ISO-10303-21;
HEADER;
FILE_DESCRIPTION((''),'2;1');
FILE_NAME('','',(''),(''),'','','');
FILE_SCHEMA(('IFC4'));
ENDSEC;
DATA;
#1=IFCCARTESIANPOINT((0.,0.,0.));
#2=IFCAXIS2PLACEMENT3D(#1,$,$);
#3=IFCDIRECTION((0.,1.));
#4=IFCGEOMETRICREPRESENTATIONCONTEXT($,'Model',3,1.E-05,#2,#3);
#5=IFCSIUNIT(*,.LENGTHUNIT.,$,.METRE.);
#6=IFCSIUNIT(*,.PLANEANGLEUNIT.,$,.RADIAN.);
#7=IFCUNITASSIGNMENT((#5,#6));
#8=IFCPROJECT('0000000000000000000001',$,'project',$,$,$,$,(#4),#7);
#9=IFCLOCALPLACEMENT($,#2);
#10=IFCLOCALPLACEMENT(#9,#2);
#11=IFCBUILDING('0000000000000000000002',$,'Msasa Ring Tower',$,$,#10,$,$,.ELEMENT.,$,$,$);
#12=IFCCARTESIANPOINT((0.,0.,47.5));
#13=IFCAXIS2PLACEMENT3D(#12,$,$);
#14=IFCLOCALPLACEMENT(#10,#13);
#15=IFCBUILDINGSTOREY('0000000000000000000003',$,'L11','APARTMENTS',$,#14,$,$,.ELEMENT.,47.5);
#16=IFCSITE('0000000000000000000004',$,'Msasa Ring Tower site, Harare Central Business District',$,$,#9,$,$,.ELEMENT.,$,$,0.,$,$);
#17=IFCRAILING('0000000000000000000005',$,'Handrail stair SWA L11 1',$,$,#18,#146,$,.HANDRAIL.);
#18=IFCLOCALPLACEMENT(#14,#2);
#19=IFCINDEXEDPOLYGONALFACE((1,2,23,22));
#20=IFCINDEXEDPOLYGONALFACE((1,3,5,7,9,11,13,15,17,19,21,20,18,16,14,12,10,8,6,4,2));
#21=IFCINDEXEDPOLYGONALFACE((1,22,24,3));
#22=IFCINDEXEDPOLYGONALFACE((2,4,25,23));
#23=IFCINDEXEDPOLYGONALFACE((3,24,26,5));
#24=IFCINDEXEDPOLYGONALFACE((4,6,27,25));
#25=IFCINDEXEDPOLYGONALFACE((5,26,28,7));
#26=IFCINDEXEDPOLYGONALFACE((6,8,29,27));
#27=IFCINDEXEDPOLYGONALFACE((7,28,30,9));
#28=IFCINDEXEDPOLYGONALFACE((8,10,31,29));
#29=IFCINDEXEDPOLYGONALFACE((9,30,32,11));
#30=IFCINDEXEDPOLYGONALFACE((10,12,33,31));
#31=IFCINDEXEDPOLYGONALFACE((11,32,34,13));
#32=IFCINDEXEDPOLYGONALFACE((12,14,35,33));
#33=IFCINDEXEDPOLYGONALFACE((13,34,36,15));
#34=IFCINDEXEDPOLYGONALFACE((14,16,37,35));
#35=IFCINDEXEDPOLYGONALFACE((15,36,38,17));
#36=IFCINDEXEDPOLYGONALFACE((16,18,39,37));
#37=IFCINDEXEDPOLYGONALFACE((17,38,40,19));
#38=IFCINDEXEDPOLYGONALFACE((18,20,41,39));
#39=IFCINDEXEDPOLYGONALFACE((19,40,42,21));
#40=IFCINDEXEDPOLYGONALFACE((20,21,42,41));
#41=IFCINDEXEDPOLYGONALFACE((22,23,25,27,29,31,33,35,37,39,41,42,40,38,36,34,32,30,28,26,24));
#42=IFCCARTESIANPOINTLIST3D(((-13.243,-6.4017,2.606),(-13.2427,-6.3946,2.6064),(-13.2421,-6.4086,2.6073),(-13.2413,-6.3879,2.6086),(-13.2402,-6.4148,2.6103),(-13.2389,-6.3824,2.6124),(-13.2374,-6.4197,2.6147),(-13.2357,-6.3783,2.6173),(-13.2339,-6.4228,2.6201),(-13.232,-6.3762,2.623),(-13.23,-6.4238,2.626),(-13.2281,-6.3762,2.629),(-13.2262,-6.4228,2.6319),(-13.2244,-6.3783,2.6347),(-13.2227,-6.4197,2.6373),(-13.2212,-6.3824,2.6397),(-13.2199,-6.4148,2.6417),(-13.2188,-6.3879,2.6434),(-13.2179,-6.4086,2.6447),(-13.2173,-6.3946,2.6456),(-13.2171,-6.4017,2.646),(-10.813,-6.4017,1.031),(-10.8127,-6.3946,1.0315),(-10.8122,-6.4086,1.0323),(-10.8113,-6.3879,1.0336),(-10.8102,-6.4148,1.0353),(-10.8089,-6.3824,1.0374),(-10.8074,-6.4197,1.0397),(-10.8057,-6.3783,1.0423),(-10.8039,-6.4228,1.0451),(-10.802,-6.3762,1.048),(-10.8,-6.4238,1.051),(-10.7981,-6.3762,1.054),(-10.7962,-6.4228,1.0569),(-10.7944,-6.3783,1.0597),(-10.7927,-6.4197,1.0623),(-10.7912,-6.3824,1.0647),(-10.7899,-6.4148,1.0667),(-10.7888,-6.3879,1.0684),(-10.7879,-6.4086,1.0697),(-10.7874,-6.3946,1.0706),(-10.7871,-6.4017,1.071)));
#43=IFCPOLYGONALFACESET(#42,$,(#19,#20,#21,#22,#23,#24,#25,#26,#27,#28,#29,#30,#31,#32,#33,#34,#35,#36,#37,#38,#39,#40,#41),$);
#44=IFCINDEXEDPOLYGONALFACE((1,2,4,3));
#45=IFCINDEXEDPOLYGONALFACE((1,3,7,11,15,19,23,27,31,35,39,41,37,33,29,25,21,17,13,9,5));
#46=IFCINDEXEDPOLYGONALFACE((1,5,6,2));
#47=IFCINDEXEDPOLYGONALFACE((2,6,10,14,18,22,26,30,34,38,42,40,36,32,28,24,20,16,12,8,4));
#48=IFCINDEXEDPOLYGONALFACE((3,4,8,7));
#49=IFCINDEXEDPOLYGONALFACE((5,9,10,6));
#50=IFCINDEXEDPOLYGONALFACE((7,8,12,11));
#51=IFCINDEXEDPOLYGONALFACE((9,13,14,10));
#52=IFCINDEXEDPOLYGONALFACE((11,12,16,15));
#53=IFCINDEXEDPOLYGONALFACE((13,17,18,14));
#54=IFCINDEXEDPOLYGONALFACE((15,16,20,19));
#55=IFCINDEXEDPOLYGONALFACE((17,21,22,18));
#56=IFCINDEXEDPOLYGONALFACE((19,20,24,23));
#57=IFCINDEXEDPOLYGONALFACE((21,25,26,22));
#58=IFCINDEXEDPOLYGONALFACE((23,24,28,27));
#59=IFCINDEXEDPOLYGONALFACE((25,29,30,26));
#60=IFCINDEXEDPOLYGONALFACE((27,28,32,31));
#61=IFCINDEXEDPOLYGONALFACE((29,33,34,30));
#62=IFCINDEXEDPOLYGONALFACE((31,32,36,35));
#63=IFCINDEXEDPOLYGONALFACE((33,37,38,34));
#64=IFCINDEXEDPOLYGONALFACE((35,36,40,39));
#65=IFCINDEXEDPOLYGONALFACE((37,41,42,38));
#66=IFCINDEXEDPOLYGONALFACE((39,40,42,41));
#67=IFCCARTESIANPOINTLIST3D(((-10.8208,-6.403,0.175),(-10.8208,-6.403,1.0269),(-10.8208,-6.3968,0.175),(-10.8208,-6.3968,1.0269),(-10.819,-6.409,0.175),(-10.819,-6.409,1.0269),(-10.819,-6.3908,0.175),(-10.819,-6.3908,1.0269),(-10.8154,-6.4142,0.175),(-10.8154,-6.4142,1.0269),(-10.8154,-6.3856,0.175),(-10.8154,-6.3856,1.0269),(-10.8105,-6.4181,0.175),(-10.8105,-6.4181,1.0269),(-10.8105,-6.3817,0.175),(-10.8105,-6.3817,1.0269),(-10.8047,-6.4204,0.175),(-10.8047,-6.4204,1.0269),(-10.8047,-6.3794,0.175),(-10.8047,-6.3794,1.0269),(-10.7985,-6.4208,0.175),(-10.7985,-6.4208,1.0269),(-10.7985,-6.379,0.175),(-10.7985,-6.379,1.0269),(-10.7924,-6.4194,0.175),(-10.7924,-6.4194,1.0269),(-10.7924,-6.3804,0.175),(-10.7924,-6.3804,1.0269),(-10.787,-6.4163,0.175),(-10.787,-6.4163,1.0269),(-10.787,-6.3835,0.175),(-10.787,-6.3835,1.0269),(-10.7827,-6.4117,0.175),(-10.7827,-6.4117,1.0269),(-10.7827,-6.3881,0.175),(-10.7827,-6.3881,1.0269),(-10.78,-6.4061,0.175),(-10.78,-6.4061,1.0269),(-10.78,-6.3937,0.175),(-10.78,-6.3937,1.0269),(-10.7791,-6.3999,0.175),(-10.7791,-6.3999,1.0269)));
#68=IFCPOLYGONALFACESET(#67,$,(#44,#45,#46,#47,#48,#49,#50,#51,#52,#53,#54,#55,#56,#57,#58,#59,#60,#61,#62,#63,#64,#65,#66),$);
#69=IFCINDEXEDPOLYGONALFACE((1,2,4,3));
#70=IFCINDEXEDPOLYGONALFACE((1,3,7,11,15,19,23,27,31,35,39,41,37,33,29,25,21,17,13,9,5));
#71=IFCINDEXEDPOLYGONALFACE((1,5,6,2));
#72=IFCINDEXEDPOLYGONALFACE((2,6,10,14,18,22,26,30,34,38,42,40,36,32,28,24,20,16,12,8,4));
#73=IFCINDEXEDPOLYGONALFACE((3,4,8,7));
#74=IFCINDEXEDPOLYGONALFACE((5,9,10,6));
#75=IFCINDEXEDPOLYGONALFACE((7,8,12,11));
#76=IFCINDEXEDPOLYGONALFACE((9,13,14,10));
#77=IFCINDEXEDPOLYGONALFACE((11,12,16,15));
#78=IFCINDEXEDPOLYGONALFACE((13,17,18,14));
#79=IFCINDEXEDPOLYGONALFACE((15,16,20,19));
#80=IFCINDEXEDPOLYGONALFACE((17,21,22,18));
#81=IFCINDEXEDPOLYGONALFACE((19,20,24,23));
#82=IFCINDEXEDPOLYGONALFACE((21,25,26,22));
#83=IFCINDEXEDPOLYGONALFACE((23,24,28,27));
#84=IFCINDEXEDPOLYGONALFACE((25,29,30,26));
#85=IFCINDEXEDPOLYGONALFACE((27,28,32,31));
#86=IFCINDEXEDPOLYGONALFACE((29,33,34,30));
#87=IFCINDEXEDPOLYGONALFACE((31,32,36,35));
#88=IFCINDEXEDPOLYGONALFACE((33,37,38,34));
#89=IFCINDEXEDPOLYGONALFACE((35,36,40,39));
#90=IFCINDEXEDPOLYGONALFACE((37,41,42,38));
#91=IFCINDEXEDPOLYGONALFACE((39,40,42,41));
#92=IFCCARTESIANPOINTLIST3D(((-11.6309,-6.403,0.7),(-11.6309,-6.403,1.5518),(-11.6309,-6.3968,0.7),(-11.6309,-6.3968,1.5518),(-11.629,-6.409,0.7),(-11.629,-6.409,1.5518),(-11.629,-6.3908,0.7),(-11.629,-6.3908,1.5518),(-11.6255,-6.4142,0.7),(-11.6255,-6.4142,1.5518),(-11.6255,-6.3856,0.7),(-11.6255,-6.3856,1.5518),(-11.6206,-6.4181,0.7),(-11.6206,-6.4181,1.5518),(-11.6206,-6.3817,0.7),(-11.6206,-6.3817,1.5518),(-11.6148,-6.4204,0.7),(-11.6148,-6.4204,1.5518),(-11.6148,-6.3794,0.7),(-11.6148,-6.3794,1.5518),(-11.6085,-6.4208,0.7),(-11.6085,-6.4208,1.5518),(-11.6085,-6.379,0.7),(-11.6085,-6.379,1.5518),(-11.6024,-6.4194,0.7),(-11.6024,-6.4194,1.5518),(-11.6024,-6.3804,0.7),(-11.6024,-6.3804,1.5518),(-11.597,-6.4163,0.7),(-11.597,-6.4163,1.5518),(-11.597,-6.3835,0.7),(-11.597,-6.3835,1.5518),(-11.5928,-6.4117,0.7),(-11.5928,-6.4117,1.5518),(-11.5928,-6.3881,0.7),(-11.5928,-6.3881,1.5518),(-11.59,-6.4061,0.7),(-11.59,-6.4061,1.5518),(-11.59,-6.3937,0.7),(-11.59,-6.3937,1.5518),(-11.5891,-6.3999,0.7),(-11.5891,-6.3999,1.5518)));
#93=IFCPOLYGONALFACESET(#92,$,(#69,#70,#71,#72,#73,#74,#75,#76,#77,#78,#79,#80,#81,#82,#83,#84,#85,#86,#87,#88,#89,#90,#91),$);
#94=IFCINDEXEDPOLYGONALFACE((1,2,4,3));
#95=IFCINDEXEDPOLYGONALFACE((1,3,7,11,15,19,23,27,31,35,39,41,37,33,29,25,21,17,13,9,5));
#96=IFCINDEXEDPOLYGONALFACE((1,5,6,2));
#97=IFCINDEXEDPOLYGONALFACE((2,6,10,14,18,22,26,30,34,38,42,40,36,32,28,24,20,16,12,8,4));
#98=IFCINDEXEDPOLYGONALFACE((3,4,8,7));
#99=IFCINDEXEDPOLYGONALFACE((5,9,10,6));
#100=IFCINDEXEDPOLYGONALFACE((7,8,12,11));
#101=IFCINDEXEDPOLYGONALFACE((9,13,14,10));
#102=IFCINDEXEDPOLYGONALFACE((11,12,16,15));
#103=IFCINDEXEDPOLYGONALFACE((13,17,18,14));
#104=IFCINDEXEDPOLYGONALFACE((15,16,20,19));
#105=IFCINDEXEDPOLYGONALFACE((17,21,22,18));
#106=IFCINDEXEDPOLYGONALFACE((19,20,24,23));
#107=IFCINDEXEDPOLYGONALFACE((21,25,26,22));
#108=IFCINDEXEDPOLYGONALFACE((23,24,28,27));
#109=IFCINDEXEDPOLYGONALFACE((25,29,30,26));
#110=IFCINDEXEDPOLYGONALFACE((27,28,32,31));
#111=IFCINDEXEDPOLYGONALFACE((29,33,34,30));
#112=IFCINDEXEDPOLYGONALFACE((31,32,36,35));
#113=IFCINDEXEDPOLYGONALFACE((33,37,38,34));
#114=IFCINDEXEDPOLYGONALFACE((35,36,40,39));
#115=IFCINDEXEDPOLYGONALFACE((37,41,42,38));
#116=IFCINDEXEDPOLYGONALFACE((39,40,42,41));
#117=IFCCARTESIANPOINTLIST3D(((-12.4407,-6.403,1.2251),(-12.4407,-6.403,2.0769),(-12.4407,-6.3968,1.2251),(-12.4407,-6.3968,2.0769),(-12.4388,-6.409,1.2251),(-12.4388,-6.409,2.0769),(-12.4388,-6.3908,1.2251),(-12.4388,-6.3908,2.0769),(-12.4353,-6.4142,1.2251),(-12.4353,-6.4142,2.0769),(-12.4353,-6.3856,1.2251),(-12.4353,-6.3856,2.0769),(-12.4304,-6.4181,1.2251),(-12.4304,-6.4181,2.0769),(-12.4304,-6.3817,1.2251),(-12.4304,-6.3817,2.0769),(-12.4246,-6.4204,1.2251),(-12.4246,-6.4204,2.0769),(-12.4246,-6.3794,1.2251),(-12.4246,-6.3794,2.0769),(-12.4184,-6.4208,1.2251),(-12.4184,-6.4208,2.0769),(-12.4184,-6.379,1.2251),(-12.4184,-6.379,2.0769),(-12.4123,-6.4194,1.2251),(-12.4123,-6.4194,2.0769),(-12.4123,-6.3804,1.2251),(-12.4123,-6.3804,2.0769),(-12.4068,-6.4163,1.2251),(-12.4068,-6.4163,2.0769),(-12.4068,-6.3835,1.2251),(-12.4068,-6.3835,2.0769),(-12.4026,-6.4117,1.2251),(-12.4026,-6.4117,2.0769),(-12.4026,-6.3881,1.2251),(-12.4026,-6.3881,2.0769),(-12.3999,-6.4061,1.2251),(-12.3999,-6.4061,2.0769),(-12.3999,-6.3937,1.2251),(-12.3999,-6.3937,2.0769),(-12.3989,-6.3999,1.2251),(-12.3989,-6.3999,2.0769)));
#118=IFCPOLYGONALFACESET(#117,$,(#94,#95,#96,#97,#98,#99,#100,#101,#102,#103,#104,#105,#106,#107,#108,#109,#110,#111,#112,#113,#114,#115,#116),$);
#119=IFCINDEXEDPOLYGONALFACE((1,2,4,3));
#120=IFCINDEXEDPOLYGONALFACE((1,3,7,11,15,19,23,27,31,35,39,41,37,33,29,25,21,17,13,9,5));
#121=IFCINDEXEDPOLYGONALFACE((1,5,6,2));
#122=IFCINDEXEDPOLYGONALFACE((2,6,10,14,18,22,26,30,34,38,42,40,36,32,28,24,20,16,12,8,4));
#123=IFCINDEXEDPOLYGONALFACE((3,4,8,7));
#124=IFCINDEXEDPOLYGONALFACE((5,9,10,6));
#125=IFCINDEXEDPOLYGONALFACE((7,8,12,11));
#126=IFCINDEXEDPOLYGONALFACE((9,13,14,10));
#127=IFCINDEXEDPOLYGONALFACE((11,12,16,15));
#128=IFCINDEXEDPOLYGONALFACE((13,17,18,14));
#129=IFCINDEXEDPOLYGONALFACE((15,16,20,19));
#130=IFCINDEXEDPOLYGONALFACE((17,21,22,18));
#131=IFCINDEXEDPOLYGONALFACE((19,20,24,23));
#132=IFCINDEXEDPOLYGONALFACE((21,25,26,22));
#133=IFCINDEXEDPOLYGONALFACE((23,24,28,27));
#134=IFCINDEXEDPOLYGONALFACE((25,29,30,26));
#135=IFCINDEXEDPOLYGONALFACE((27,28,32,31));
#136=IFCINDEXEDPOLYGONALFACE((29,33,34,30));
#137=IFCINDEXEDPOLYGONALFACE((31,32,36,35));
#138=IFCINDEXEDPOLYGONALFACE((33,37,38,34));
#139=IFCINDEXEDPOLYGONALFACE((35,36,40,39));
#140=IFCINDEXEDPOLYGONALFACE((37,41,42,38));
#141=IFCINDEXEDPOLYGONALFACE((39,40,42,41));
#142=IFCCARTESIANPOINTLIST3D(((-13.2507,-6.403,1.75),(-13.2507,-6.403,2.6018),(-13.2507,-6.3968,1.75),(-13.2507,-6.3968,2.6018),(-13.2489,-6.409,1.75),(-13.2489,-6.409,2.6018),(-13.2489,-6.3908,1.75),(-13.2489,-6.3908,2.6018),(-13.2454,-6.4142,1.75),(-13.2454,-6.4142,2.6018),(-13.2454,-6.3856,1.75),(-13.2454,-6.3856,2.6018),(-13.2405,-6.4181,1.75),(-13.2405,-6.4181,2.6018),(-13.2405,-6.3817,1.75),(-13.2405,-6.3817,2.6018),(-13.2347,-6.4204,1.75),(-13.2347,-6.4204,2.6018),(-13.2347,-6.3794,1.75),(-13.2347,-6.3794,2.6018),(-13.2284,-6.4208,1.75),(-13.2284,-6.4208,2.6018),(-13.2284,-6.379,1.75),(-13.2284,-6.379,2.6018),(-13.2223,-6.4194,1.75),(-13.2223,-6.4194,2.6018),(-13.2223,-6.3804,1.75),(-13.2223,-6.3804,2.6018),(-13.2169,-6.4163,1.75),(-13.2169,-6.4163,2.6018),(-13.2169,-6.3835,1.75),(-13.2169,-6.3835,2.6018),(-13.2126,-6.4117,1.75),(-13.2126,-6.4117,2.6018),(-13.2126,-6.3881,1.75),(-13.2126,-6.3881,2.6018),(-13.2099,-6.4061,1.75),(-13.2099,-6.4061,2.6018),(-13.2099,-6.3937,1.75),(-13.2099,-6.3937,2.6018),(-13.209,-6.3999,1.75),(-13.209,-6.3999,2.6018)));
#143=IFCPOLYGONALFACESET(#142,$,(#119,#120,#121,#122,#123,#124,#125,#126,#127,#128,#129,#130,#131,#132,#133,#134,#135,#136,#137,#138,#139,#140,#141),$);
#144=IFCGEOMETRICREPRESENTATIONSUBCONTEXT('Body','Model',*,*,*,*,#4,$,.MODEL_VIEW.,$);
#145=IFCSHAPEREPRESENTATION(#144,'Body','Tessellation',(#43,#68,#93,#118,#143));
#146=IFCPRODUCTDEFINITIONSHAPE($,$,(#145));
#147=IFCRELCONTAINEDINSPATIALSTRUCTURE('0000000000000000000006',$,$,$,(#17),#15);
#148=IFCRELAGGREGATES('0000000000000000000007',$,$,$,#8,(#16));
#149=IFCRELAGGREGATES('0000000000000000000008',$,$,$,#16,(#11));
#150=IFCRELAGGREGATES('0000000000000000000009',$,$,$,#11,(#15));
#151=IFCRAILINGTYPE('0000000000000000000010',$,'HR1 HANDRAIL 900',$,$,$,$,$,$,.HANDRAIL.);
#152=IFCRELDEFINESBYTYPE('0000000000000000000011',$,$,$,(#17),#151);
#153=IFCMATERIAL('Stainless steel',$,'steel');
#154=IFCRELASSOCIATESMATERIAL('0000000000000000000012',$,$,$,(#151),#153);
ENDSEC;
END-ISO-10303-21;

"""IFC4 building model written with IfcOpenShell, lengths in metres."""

from ifc_helpers import new_model, si_unit, direction, frame, origin, origin_2d, place, context, subcontext, project, spatial, circle, extrude, material, type_object, element, save


model = new_model("IFC4")

# Units and contexts
model_context = context("Model", 3, precision=1e-05, world=origin(), true_north=direction((0.0, 1.0)))
body_context = subcontext(model_context, "Body", "Model", "MODEL_VIEW")
ifc_project = project(units=[si_unit("LENGTHUNIT", "METRE"), si_unit("PLANEANGLEUNIT", "RADIAN")], contexts=[model_context])

# Site, building, storey
site_placement = place(None, origin())
site = spatial("IfcSite", under=ifc_project, at=site_placement, Name="Msasa Ring Tower site, Harare Central Business District", CompositionType="ELEMENT", RefElevation=0.0)
building_placement = place(site_placement, origin())
building = spatial("IfcBuilding", under=site, at=building_placement, Name="Msasa Ring Tower", CompositionType="ELEMENT")
storey_placement = place(building_placement, frame((0.0, 0.0, 47.5)))
storey = spatial("IfcBuildingStorey", under=building, at=storey_placement, Name="L11", Description="APARTMENTS", CompositionType="ELEMENT", Elevation=47.5)

# Railing
ifc_material_1 = material(Name="Stainless steel", Category="steel")
railing_type = type_object("IfcRailingType", Name="HR1 HANDRAIL 900", PredefinedType="HANDRAIL", material=ifc_material_1)
for number, where, name in (
    (1, (-10.8, -6.3999, 0.175), "Handrail stair SWA L11 1"),
):
    element("IfcRailing", number, at=place(storey_placement, frame(where)), inside=storey, type_object=railing_type, Name=name, PredefinedType="HANDRAIL", context=body_context, shape_type="SweptSolid", body=[
        extrude(circle(Radius=0.0239, at=origin_2d()), frame((0.0, 0.0, 0.876), z_axis=(-0.839154, 0.0, 0.543894), x_axis=(0.0, -1.0, 0.0)), (0.0, 0.0, 1.0), 2.8958),
        extrude(circle(Radius=0.021, at=origin_2d()), origin(), (0.0, 0.0, 1.0), 0.8518),
        extrude(circle(Radius=0.021, at=origin_2d()), frame((-0.8101, 0.0, 0.5249)), (0.0, 0.0, 1.0), 0.8518),
        extrude(circle(Radius=0.021, at=origin_2d()), frame((-1.6199, 0.0, 1.05)), (0.0, 0.0, 1.0), 0.8518),
        extrude(circle(Radius=0.021, at=origin_2d()), frame((-2.4299, 0.0, 1.575)), (0.0, 0.0, 1.0), 0.8518),
    ])

save(model, "model.ifc")
